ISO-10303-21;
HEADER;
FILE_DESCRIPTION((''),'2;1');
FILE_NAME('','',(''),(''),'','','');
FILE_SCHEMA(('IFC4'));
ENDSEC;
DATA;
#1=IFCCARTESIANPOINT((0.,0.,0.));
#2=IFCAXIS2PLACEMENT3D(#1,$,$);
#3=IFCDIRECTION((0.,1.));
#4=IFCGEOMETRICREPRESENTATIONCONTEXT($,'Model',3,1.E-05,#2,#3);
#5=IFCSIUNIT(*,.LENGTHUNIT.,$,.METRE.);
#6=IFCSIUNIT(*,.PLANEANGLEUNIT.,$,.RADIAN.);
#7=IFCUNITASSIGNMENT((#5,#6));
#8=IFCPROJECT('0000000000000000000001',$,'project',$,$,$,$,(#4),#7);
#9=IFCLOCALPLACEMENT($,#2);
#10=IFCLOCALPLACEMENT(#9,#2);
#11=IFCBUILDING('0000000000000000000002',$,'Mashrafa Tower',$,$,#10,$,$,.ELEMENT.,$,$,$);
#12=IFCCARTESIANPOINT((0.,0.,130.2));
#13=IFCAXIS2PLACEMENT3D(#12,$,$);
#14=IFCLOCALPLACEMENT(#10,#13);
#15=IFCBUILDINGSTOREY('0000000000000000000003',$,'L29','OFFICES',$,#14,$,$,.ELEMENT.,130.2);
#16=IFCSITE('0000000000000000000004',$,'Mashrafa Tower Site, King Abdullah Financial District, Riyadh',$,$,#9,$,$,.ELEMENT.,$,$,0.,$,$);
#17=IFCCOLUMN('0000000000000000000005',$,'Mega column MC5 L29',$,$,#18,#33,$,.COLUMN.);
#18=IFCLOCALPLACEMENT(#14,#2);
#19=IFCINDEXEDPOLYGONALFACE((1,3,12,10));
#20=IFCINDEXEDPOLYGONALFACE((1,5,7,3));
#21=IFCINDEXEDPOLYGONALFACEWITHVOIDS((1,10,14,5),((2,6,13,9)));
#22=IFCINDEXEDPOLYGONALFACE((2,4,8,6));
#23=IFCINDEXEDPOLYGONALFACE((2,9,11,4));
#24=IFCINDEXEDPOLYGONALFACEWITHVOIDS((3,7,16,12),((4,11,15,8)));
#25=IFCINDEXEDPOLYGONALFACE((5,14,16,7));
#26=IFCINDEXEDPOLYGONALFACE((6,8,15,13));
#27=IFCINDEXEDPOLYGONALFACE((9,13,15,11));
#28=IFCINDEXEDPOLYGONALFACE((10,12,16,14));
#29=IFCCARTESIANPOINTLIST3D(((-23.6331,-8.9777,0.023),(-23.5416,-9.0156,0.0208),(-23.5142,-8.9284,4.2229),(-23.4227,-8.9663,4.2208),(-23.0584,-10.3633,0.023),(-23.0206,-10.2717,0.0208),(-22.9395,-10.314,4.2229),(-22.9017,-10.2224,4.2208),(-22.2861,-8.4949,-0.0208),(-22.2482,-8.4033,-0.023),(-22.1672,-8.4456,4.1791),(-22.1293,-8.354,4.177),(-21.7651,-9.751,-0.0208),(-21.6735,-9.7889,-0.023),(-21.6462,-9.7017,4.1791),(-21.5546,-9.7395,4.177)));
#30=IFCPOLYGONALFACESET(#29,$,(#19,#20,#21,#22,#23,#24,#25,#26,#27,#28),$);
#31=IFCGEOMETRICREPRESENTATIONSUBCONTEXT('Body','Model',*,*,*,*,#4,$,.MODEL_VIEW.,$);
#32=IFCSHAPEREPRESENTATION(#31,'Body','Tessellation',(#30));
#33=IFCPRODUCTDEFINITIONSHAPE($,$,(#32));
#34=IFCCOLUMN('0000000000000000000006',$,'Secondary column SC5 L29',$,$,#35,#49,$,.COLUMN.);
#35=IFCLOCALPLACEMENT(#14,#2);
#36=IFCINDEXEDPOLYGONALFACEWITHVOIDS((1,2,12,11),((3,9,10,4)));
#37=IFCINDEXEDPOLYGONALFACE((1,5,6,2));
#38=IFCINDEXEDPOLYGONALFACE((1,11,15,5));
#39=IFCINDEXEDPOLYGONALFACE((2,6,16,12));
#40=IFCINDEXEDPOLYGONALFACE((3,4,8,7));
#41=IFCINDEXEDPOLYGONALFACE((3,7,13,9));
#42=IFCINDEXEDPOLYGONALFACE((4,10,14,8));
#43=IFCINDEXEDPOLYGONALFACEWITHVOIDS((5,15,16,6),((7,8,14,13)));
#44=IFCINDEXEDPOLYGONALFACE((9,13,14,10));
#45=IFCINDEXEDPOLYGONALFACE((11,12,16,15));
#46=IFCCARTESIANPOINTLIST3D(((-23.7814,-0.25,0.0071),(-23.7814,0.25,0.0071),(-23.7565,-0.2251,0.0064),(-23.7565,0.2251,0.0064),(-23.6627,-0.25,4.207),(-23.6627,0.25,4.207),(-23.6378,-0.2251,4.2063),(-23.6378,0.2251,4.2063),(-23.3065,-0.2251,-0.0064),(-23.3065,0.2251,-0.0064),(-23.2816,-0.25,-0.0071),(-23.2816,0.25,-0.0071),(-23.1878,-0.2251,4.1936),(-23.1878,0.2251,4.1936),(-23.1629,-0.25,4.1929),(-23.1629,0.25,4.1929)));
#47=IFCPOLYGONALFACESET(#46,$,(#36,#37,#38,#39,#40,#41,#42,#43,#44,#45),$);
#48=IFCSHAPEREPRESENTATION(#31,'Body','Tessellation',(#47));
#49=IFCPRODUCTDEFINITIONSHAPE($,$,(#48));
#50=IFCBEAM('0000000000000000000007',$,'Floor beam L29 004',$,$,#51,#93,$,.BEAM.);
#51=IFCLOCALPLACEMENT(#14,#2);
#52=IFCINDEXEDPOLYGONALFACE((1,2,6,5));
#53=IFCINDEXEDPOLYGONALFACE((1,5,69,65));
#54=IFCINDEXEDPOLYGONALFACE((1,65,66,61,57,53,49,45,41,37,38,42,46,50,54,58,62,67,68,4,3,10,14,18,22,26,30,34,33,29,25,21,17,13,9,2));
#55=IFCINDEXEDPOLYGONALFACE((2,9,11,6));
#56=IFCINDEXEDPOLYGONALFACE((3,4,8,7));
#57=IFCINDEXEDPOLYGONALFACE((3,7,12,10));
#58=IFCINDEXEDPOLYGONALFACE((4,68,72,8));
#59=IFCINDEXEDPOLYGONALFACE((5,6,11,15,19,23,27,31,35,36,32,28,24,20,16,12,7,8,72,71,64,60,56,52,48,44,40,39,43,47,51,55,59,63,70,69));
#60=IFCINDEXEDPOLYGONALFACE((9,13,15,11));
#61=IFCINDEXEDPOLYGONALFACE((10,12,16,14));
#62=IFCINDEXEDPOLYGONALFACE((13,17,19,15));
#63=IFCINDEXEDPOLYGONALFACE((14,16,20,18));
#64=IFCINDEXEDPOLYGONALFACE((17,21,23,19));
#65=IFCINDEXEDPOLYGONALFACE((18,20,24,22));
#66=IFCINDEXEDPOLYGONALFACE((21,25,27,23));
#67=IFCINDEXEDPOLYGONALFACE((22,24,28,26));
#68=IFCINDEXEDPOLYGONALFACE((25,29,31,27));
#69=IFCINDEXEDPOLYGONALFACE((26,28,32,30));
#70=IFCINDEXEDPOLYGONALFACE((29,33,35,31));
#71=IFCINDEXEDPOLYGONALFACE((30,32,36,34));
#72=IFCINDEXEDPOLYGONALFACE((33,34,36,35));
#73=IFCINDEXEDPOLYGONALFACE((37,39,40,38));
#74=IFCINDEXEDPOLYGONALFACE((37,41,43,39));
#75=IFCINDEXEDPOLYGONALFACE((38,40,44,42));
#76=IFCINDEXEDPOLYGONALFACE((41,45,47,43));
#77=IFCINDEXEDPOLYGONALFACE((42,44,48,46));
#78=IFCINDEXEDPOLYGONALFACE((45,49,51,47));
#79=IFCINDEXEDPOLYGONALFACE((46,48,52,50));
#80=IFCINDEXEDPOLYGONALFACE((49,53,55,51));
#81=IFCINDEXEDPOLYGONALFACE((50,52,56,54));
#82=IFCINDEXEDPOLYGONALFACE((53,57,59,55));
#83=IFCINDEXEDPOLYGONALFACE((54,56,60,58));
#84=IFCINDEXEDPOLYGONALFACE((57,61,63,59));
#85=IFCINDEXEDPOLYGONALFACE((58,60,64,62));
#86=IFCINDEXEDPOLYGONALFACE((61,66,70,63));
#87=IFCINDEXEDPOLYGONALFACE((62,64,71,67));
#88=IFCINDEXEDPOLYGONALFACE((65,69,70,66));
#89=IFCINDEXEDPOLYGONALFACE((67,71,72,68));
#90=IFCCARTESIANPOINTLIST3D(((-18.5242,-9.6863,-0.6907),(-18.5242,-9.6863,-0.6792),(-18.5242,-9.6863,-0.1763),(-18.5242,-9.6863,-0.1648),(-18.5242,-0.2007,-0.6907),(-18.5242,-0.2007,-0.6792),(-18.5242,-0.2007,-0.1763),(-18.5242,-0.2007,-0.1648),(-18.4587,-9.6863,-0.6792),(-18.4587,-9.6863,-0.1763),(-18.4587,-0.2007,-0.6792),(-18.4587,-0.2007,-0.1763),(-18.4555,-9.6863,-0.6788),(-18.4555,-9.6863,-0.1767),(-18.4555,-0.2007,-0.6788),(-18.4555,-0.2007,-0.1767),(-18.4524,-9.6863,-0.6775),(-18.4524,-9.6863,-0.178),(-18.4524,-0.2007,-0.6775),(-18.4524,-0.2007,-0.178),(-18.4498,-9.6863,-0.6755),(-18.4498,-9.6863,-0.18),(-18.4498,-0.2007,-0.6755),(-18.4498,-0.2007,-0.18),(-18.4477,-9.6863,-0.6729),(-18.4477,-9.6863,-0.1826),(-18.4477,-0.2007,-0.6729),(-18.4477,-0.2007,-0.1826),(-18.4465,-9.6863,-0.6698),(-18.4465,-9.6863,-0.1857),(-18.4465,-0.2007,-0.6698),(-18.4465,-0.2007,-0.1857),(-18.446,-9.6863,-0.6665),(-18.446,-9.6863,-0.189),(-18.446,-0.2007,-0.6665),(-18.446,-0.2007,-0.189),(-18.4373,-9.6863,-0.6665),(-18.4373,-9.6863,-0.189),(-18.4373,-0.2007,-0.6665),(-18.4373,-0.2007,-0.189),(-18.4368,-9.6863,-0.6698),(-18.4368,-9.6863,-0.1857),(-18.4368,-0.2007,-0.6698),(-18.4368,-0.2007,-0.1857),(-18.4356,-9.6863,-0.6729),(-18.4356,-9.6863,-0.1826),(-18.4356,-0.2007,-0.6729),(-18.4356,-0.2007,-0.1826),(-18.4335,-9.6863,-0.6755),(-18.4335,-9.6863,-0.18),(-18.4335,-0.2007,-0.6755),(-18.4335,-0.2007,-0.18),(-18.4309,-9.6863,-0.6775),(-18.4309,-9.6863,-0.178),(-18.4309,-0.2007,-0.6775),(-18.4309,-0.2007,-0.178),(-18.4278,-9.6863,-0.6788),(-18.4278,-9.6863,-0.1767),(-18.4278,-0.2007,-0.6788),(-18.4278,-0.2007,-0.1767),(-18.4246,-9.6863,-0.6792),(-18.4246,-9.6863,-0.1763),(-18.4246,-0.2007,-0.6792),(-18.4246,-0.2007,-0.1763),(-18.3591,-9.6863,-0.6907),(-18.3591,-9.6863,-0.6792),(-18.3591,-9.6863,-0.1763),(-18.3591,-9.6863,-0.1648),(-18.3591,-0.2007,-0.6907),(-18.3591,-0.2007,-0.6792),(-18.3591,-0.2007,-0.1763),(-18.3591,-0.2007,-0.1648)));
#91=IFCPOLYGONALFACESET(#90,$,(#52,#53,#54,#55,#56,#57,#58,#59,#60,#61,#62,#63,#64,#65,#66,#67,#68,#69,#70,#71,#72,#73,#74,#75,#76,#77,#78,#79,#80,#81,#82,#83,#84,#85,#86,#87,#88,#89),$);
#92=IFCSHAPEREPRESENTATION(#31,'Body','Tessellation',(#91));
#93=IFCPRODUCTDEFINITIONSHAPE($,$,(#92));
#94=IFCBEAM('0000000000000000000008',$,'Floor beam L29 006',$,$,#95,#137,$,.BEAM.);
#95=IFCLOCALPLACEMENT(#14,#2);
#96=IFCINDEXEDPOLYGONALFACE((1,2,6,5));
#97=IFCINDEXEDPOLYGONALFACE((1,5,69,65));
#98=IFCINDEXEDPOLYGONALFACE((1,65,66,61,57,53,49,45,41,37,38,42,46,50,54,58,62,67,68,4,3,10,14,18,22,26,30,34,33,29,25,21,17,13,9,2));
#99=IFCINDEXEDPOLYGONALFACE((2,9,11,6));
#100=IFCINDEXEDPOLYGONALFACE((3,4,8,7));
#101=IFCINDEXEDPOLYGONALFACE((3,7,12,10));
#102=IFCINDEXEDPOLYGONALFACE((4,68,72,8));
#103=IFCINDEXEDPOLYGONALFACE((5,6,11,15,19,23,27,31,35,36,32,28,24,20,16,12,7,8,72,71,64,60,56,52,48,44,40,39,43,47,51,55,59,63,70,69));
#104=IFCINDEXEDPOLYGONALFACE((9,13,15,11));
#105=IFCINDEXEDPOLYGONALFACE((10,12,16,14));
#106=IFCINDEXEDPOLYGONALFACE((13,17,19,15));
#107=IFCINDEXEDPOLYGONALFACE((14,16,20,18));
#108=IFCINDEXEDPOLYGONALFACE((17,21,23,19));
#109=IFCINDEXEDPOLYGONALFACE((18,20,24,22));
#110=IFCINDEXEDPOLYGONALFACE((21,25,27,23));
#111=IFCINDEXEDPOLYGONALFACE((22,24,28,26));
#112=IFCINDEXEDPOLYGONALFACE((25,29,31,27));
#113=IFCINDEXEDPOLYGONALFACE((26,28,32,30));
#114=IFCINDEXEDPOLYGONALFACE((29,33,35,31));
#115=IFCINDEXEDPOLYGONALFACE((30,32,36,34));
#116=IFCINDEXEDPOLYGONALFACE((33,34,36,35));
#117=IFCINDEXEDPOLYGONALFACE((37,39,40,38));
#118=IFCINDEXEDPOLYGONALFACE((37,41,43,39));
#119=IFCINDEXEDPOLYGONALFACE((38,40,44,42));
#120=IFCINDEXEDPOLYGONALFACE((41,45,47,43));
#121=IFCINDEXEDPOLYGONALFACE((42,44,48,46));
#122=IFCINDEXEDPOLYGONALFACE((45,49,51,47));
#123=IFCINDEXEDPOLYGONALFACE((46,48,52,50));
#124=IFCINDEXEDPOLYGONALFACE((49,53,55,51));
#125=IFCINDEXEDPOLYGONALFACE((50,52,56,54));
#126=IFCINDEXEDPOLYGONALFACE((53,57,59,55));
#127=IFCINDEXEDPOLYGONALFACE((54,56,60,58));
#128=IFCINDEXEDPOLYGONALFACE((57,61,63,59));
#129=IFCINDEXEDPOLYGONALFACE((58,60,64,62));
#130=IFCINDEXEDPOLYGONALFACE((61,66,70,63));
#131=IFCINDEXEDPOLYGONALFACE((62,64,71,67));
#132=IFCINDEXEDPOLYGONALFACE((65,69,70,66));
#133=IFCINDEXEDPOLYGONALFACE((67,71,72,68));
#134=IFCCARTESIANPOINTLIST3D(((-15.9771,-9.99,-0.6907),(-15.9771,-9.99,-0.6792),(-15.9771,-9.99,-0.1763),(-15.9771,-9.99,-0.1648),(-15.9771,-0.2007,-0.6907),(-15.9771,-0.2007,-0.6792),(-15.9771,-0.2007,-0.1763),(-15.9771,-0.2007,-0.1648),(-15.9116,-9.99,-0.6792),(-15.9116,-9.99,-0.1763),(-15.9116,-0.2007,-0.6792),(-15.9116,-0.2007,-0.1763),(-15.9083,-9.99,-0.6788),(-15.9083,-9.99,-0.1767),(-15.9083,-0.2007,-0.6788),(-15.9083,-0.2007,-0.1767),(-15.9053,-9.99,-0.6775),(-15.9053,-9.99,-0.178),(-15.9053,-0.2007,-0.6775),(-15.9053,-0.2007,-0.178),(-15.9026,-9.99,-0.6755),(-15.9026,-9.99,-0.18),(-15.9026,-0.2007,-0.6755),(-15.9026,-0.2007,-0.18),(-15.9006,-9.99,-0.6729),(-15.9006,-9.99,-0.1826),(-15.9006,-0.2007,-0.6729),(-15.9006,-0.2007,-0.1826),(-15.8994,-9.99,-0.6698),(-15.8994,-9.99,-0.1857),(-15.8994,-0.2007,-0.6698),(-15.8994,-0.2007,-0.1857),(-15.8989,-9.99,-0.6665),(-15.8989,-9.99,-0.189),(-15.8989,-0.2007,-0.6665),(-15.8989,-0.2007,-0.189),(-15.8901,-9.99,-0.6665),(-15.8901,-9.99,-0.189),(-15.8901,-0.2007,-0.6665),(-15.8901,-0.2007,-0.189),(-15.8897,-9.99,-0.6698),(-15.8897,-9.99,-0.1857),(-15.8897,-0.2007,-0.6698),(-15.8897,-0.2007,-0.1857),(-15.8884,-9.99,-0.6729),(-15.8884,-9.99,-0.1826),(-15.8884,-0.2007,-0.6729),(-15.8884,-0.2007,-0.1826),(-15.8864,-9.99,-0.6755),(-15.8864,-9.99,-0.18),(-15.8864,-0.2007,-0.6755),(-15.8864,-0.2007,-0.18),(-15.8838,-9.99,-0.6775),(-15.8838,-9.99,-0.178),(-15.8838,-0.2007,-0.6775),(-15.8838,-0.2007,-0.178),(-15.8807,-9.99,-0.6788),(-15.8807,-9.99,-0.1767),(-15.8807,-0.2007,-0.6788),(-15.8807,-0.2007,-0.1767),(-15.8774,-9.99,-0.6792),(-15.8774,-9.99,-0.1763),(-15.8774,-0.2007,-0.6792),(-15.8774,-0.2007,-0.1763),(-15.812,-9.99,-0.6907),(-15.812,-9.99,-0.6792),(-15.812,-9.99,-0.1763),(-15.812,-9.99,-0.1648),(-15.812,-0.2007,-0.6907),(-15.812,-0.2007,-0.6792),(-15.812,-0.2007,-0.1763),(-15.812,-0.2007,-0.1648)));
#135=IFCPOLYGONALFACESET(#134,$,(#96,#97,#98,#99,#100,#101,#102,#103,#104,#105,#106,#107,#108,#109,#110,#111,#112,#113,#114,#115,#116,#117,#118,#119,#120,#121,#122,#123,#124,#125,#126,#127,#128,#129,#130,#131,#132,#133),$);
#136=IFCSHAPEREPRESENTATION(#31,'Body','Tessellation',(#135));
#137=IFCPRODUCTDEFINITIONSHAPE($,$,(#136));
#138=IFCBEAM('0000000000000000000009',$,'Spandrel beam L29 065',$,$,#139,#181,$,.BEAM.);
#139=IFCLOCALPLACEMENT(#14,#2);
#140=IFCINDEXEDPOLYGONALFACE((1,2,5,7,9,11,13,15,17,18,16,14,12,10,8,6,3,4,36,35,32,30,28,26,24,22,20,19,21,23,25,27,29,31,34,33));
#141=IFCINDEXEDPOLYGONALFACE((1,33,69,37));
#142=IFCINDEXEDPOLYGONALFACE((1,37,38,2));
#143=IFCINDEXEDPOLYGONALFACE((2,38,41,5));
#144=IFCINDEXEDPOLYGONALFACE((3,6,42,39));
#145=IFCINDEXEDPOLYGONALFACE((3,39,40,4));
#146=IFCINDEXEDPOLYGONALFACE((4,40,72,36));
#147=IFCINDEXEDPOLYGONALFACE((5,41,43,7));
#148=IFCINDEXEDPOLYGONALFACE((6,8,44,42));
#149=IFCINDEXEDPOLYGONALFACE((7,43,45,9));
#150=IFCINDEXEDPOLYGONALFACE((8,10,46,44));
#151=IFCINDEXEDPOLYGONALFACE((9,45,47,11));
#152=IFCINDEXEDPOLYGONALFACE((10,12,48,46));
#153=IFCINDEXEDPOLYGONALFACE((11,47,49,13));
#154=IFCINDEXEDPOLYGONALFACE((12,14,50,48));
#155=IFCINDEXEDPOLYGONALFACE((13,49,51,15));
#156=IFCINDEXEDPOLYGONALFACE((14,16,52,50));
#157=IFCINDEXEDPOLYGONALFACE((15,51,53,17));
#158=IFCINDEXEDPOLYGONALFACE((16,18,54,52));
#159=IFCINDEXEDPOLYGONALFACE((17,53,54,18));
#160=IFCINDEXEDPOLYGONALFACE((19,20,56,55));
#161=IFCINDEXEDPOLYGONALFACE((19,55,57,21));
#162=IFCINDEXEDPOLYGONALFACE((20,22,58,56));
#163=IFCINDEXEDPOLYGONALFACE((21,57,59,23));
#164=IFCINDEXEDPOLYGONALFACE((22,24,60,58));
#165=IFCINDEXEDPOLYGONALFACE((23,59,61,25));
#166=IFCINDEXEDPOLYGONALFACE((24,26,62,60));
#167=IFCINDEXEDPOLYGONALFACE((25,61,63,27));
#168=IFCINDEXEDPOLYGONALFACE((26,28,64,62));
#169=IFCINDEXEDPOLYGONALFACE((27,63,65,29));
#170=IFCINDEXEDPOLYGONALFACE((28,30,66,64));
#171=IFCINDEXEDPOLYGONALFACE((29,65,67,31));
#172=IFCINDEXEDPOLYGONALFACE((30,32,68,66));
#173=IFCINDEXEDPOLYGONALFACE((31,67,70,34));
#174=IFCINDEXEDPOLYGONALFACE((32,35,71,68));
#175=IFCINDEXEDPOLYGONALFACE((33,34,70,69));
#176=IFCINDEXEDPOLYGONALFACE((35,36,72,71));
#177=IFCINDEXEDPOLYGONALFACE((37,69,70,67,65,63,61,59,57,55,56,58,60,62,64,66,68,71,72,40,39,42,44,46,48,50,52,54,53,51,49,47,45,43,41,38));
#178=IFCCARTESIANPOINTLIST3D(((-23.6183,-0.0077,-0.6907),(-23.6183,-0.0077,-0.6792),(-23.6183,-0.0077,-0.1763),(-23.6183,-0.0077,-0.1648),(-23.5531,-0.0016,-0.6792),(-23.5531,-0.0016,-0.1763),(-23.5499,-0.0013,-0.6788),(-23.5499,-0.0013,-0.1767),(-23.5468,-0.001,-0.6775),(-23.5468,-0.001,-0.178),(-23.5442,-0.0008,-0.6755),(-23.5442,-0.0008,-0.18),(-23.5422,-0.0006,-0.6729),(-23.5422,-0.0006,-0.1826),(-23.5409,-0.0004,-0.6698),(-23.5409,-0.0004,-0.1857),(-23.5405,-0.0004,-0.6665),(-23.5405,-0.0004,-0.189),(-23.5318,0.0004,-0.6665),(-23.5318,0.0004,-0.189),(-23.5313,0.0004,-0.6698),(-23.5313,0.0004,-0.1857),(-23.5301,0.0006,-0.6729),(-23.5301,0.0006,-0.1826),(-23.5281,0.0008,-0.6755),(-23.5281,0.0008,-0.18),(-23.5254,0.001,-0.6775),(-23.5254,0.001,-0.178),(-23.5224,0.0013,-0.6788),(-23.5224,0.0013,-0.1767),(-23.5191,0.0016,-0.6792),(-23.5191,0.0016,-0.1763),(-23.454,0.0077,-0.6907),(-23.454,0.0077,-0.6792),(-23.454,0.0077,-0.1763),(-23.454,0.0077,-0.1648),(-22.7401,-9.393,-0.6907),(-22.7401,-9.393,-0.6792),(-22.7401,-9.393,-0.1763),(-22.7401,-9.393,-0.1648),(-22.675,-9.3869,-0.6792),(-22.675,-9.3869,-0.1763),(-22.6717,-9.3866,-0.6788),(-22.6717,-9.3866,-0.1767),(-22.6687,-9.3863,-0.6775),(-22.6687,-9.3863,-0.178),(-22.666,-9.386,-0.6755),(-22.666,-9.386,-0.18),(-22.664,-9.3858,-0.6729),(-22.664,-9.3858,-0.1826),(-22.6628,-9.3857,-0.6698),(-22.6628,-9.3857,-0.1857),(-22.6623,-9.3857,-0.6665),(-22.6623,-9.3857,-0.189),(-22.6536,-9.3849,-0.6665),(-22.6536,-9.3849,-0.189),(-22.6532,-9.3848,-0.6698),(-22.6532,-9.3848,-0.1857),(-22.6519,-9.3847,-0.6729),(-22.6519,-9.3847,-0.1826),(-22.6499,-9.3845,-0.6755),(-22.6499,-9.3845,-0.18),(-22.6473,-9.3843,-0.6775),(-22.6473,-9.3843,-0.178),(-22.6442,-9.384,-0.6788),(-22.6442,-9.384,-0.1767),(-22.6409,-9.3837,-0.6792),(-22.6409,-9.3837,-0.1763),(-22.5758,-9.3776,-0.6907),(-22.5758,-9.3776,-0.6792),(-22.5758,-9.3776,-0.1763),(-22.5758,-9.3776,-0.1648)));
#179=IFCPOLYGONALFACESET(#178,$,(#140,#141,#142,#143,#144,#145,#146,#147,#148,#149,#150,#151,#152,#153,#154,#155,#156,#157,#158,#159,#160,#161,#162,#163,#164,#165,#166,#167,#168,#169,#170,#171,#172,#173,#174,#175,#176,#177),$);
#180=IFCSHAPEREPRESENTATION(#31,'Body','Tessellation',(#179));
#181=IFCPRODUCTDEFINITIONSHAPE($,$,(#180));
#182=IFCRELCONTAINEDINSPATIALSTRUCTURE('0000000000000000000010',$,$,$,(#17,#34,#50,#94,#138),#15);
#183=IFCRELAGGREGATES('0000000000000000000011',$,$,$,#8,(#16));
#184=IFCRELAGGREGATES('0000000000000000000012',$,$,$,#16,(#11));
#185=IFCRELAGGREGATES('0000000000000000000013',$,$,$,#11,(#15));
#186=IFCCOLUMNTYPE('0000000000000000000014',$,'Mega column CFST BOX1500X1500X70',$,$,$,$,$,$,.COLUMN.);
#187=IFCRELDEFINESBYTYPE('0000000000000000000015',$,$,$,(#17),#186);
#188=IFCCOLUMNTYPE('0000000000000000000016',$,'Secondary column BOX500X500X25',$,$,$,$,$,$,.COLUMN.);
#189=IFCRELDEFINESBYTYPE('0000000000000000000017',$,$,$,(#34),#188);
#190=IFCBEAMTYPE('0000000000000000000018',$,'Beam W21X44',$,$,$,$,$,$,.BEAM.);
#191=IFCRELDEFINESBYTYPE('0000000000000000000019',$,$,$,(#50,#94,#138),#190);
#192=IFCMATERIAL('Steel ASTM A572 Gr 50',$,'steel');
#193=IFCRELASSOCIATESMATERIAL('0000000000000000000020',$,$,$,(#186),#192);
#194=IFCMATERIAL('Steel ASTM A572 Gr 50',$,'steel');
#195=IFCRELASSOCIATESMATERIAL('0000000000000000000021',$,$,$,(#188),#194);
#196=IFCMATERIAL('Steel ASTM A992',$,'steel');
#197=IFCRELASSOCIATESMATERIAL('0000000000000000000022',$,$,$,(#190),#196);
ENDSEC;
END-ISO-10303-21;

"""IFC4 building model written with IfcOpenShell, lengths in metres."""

from ifc_helpers import new_model, si_unit, direction, frame, origin, origin_2d, place, context, subcontext, project, spatial, hollow_rectangle, i_section, extrude, material, material_profile, profile_set, type_object, element, save


model = new_model("IFC4")

# Units and contexts
model_context = context("Model", 3, precision=1e-05, world=origin(), true_north=direction((0.0, 1.0)))
body_context = subcontext(model_context, "Body", "Model", "MODEL_VIEW")
ifc_project = project(units=[si_unit("LENGTHUNIT", "METRE"), si_unit("PLANEANGLEUNIT", "RADIAN")], contexts=[model_context])

# Site, building, storey
site_placement = place(None, origin())
site = spatial("IfcSite", under=ifc_project, at=site_placement, Name="Mashrafa Tower Site, King Abdullah Financial District, Riyadh", CompositionType="ELEMENT", RefElevation=0.0)
building_placement = place(site_placement, origin())
building = spatial("IfcBuilding", under=site, at=building_placement, Name="Mashrafa Tower", CompositionType="ELEMENT")
storey_placement = place(building_placement, frame((0.0, 0.0, 130.2)))
storey = spatial("IfcBuildingStorey", under=building, at=storey_placement, Name="L29", Description="OFFICES", CompositionType="ELEMENT", Elevation=130.2)

# Columns
ifc_material_1 = material(Name="Steel ASTM A572 Gr 50", Category="steel")
ifc_material_profile_1 = material_profile(ifc_material_1, hollow_rectangle(XDim=1.5, YDim=1.5, WallThickness=0.0701, at=origin_2d()), Name="BOX1500X1500X70")
ifc_profile_set_1 = profile_set([ifc_material_profile_1], Name="Steel ASTM A572 Gr 50")
column_type_1 = type_object("IfcColumnType", Name="Mega column CFST BOX1500X1500X70", PredefinedType="COLUMN", material=ifc_profile_set_1)
column_1_placement = place(storey_placement, frame((-22.6533, -9.3833, 0.0), z_axis=(0.028296, 0.011737, 0.999531), x_axis=(-0.383133, 0.923693, 0.0)))
element("IfcColumn", 1, at=column_1_placement, inside=storey, type_object=column_type_1, Name="Mega column MC5 L29", PredefinedType="COLUMN", context=body_context, shape_type="SweptSolid", body=[
    extrude(hollow_rectangle(XDim=1.5, YDim=1.5, WallThickness=0.0701, at=origin_2d()), origin(), (0.0, 0.0, 1.0), 4.2019),
])
ifc_material_2 = material(Name="Steel ASTM A572 Gr 50", Category="steel")
ifc_material_profile_2 = material_profile(ifc_material_2, hollow_rectangle(XDim=0.5, YDim=0.5, WallThickness=0.0249, at=origin_2d()), Name="BOX500X500X25")
ifc_profile_set_2 = profile_set([ifc_material_profile_2], Name="Steel ASTM A572 Gr 50")
column_type_2 = type_object("IfcColumnType", Name="Secondary column BOX500X500X25", PredefinedType="COLUMN", material=ifc_profile_set_2)
column_2_placement = place(storey_placement, frame((-23.5315, 0.0, 0.0), z_axis=(0.02824, 0.0, 0.999601), x_axis=(0.0, 1.0, 0.0)))
element("IfcColumn", 2, at=column_2_placement, inside=storey, type_object=column_type_2, Name="Secondary column SC5 L29", PredefinedType="COLUMN", context=body_context, shape_type="SweptSolid", body=[
    extrude(hollow_rectangle(XDim=0.5, YDim=0.5, WallThickness=0.0249, at=origin_2d()), origin(), (0.0, 0.0, 1.0), 4.2017),
])

# Beams
ifc_material_3 = material(Name="Steel ASTM A992", Category="steel")
ifc_material_profile_3 = material_profile(ifc_material_3, i_section(OverallWidth=0.165, OverallDepth=0.5259, WebThickness=0.0088, FlangeThickness=0.0115, FilletRadius=0.0127, at=origin_2d()), Name="W21X44")
ifc_profile_set_3 = profile_set([ifc_material_profile_3], Name="Steel ASTM A992")
beam_type_1 = type_object("IfcBeamType", Name="Beam W21X44", PredefinedType="BEAM", material=ifc_profile_set_3)
beam_1_placement = place(storey_placement, frame((-18.4417, -9.6863, -0.4277), z_axis=(0.0, 1.0, 0.0), x_axis=(-1.0, 0.0, 0.0)))
element("IfcBeam", 3, at=beam_1_placement, inside=storey, type_object=beam_type_1, Name="Floor beam L29 004", PredefinedType="BEAM", context=body_context, shape_type="SweptSolid", body=[
    extrude(i_section(OverallWidth=0.165, OverallDepth=0.5259, WebThickness=0.0088, FlangeThickness=0.0115, FilletRadius=0.0127, at=origin_2d()), origin(), (0.0, 0.0, 1.0), 9.4856),
])
beam_2_placement = place(storey_placement, frame((-15.8945, -9.99, -0.4277), z_axis=(0.0, 1.0, 0.0), x_axis=(-1.0, 0.0, 0.0)))
element("IfcBeam", 4, at=beam_2_placement, inside=storey, type_object=beam_type_1, Name="Floor beam L29 006", PredefinedType="BEAM", context=body_context, shape_type="SweptSolid", body=[
    extrude(i_section(OverallWidth=0.165, OverallDepth=0.5259, WebThickness=0.0088, FlangeThickness=0.0115, FilletRadius=0.0127, at=origin_2d()), origin(), (0.0, 0.0, 1.0), 9.7893),
])
for number, where, z_axis, x_axis, name in (
    (5, (-23.5361, 0.0, -0.4277), (0.093163, -0.995651, 0.0), (0.995651, 0.093163, 0.0), "Spandrel beam L29 065"),
):
    element("IfcBeam", number, at=place(storey_placement, frame(where, z_axis=z_axis, x_axis=x_axis)), inside=storey, type_object=beam_type_1, Name=name, PredefinedType="BEAM", context=body_context, shape_type="SweptSolid", body=[
        extrude(i_section(OverallWidth=0.165, OverallDepth=0.5259, WebThickness=0.0088, FlangeThickness=0.0115, FilletRadius=0.0127, at=origin_2d()), origin(), (0.0, 0.0, 1.0), 9.4263),
    ])

save(model, "model.ifc")
